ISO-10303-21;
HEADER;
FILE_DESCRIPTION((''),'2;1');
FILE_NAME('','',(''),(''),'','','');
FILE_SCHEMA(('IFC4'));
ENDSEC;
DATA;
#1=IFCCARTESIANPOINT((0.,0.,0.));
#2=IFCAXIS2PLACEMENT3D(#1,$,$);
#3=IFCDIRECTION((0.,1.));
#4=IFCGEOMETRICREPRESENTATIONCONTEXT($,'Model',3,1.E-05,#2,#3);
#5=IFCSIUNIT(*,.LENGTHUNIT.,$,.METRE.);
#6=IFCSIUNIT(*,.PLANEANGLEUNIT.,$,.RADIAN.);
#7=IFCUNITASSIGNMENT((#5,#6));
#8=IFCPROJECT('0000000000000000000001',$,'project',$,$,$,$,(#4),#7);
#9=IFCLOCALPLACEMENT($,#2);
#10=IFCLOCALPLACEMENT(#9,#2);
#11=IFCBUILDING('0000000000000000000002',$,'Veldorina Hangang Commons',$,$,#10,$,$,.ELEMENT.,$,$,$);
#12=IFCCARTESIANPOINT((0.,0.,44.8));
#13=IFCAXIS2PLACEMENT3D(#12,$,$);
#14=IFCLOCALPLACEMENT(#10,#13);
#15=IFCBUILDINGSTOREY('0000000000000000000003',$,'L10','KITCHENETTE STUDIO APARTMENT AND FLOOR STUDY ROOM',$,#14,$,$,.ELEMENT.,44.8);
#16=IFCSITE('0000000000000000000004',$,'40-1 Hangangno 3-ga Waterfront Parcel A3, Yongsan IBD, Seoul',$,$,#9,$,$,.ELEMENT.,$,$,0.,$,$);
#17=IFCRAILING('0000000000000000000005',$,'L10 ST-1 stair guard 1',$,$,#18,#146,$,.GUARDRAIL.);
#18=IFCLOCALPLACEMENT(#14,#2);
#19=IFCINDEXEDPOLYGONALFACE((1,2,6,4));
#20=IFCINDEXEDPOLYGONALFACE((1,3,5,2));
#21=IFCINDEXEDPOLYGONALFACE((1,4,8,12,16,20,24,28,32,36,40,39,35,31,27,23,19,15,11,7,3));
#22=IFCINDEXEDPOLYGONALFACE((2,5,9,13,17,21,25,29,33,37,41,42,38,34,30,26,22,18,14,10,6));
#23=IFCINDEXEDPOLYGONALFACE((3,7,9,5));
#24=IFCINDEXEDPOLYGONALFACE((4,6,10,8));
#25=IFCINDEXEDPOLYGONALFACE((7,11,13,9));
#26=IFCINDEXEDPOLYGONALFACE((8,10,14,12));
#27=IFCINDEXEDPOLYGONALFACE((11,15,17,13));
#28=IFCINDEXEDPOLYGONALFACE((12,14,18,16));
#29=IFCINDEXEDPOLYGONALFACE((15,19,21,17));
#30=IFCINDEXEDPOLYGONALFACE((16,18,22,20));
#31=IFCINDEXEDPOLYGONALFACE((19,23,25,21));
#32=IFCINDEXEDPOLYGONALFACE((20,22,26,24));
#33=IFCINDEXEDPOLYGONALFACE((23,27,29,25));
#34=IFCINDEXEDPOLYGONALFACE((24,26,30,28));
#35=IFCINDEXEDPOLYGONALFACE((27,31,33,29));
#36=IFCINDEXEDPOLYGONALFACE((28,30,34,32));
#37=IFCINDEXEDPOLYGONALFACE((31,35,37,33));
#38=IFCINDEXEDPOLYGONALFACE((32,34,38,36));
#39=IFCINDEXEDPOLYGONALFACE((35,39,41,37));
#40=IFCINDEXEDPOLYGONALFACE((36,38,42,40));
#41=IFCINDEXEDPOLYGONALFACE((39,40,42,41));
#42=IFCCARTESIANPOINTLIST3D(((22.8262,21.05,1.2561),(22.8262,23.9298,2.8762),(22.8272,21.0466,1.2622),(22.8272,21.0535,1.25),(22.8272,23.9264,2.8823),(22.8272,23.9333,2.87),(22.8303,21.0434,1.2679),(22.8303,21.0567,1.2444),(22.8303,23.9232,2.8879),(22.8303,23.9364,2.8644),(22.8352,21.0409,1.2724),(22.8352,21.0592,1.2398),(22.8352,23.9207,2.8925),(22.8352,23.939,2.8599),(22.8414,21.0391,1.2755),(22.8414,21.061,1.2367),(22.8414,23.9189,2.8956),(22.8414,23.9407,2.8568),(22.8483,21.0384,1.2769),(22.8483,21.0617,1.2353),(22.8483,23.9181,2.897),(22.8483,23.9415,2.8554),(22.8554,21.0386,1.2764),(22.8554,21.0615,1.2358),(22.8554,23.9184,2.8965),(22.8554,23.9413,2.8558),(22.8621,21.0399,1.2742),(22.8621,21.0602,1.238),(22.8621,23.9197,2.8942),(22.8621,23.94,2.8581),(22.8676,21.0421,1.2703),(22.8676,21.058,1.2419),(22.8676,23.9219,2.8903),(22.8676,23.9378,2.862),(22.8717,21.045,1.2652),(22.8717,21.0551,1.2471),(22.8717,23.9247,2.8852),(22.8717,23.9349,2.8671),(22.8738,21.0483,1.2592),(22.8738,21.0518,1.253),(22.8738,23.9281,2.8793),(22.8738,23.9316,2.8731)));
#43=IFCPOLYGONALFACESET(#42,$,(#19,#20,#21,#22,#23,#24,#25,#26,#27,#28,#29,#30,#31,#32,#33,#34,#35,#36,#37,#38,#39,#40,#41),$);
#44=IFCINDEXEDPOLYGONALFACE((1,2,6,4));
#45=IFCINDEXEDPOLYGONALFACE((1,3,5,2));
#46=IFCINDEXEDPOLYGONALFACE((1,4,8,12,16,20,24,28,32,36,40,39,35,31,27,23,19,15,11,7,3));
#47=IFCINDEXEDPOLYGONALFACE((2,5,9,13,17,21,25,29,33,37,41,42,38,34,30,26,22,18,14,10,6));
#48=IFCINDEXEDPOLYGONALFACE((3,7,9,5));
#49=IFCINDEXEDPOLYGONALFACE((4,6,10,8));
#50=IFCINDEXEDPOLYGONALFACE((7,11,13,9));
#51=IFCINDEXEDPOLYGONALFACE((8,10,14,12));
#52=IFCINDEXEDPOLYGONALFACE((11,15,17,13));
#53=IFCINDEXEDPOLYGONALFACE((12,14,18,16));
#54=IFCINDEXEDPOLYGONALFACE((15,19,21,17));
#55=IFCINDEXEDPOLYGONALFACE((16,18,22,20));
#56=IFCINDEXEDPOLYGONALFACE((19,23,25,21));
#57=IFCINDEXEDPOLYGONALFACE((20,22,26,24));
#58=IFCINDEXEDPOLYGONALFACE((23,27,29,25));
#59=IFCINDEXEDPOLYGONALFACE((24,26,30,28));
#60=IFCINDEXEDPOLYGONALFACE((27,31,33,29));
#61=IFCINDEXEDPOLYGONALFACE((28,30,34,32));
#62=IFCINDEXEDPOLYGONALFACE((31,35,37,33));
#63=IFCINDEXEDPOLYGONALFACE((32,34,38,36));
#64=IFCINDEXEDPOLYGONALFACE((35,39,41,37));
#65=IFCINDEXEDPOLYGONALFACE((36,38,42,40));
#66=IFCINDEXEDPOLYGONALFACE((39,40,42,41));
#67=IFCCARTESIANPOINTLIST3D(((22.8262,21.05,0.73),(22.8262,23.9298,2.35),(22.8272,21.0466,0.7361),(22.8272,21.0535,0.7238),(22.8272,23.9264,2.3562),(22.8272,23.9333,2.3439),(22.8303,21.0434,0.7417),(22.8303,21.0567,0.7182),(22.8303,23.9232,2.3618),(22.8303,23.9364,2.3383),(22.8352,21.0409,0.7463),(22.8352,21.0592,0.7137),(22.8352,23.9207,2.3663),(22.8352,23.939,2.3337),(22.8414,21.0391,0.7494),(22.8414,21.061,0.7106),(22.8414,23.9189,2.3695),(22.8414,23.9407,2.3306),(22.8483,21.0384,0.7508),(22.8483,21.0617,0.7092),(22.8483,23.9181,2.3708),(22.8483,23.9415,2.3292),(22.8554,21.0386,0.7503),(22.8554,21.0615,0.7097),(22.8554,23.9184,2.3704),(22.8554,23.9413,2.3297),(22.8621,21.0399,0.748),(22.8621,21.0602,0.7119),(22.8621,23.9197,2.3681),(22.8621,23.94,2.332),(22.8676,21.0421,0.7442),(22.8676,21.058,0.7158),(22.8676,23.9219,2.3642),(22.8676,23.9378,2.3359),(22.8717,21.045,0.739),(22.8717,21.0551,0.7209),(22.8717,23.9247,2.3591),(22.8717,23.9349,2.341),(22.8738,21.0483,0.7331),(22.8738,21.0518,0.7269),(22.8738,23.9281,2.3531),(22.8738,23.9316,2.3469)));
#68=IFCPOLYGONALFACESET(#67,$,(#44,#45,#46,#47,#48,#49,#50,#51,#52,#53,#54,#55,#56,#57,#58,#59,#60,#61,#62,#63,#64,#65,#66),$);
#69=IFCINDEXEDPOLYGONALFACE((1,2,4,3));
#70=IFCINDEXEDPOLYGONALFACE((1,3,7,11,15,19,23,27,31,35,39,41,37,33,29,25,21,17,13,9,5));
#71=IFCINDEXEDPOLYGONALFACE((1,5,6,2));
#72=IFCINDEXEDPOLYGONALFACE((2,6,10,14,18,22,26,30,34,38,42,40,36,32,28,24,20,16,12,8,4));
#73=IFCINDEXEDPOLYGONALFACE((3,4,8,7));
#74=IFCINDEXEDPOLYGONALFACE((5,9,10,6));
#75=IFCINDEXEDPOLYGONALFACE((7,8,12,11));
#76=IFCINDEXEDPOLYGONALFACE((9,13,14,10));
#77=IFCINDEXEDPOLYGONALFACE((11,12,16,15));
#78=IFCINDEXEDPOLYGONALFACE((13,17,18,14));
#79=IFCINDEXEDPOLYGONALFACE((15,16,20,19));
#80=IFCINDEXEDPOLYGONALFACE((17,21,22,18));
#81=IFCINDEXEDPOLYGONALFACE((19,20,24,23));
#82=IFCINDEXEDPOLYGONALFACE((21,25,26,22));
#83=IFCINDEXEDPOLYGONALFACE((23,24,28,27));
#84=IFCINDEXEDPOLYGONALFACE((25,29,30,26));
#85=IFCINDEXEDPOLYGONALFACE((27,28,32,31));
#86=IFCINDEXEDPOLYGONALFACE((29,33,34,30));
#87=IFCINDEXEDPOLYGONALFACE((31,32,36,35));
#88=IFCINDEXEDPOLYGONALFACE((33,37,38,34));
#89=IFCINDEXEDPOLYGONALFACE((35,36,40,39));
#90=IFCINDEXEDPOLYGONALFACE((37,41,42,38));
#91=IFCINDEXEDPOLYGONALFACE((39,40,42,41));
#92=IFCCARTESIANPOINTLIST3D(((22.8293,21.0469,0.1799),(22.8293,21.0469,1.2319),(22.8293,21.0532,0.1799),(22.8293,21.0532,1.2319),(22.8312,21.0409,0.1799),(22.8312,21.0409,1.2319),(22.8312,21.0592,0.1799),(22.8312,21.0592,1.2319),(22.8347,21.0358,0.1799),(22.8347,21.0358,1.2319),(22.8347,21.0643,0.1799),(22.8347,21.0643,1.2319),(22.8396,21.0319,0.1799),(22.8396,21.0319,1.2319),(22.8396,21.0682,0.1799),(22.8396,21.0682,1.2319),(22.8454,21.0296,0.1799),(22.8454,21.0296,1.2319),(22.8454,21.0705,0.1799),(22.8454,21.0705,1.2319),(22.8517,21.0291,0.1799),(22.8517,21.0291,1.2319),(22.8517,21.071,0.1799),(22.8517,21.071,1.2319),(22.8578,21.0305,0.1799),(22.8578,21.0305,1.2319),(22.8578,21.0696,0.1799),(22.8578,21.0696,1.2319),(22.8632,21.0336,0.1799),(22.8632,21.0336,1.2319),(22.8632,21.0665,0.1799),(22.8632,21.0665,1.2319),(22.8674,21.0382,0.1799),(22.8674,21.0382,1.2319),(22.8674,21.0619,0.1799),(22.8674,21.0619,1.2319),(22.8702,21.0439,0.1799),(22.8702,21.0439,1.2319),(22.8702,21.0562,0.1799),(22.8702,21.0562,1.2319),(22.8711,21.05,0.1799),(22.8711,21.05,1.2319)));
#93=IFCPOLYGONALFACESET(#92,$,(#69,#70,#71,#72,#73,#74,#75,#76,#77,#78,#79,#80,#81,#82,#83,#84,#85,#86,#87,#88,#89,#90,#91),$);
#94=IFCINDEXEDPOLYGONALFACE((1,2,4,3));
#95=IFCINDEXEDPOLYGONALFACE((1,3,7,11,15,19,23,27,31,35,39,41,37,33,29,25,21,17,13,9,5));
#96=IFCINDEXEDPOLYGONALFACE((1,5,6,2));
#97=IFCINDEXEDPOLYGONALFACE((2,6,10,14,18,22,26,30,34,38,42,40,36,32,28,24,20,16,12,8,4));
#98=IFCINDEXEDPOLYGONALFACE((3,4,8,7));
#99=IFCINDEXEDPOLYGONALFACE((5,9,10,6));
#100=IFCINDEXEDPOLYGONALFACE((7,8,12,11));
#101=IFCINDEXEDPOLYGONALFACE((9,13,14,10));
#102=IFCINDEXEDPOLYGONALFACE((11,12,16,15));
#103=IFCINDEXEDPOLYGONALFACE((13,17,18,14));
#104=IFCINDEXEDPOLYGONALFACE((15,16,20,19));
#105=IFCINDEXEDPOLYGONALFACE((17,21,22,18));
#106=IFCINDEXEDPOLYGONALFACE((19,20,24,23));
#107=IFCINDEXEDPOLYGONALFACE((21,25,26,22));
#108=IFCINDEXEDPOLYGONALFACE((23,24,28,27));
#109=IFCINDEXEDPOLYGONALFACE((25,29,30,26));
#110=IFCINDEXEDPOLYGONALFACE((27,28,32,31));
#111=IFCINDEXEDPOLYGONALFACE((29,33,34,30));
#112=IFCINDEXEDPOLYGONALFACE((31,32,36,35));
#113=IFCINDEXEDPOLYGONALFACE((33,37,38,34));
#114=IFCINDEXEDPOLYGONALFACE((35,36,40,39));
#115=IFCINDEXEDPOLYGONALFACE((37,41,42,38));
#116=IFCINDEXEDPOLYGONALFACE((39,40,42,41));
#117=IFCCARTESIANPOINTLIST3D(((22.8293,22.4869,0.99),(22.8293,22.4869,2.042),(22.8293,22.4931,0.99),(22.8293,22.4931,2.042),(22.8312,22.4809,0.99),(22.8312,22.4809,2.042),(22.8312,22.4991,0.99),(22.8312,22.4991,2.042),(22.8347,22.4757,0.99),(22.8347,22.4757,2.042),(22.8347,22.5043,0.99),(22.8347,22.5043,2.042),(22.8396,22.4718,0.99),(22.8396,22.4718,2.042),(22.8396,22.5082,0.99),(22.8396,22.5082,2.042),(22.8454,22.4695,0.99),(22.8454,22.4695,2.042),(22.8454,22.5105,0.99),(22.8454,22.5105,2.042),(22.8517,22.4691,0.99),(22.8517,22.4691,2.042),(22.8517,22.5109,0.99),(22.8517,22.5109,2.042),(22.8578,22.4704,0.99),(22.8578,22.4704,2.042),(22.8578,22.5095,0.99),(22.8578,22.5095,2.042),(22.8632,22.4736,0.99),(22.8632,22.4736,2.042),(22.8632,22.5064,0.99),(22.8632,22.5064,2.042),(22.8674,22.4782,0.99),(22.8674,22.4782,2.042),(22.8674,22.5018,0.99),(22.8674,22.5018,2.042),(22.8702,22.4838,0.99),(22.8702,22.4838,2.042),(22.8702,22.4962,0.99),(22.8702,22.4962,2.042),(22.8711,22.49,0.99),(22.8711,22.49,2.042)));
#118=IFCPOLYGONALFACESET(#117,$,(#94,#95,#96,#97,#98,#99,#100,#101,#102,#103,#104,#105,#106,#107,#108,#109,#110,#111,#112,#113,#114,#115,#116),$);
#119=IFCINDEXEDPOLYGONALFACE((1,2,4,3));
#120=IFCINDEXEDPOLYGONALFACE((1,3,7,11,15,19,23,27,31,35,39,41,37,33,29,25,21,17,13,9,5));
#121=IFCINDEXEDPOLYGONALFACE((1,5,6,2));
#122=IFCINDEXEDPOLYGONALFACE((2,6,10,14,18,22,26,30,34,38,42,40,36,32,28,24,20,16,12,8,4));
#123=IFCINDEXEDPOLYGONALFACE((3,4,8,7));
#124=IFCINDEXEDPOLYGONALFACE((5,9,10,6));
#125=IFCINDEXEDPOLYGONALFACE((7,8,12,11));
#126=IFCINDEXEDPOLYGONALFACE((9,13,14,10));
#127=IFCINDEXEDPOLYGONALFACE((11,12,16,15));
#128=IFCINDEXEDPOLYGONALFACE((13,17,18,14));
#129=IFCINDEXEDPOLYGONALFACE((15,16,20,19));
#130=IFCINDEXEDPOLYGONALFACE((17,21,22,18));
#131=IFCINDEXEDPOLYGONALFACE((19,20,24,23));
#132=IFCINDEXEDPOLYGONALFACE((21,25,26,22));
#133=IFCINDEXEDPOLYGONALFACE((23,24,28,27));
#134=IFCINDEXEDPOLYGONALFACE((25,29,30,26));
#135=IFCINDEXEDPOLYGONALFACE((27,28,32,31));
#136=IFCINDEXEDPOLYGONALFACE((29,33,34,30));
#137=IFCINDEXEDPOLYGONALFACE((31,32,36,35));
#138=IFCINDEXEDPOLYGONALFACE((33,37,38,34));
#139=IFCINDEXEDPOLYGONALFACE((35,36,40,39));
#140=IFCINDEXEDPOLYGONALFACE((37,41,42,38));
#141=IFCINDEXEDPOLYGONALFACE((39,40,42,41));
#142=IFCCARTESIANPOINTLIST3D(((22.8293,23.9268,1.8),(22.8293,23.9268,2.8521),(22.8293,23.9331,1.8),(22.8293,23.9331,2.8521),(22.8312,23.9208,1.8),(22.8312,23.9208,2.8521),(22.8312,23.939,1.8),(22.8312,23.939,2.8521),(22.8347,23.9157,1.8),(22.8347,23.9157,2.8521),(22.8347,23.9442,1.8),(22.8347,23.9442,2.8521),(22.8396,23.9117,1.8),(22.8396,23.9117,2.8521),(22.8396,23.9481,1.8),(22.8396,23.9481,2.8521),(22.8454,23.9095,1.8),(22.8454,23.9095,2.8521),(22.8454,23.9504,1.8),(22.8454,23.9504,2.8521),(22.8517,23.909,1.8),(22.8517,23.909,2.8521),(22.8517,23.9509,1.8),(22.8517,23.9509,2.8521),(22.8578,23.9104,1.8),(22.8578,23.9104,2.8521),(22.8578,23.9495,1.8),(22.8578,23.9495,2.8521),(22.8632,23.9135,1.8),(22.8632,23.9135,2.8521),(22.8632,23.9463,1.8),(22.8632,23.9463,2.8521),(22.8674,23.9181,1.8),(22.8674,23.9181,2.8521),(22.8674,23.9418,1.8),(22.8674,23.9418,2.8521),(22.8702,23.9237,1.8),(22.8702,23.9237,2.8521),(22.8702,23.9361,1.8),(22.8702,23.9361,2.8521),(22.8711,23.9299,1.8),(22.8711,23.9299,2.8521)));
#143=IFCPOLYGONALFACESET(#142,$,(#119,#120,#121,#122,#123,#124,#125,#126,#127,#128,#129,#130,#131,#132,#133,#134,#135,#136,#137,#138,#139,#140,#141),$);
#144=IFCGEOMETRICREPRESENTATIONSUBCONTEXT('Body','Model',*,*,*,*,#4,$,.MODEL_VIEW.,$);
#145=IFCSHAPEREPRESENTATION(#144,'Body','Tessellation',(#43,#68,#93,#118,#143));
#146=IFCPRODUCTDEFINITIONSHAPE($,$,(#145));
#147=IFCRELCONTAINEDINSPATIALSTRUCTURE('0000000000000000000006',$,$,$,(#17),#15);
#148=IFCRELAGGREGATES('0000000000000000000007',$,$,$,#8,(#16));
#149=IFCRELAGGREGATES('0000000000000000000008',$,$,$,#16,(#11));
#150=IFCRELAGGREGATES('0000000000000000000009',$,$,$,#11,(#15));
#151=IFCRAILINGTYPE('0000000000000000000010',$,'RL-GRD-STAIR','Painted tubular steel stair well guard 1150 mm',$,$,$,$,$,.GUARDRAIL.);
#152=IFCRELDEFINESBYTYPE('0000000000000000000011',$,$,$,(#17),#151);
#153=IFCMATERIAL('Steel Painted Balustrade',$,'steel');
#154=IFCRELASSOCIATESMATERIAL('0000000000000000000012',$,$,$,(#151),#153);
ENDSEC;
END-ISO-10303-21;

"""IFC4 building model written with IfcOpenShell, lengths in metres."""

from ifc_helpers import new_model, si_unit, direction, frame, origin, origin_2d, place, context, subcontext, project, spatial, circle, extrude, material, type_object, element, save


model = new_model("IFC4")

# Units and contexts
model_context = context("Model", 3, precision=1e-05, world=origin(), true_north=direction((0.0, 1.0)))
body_context = subcontext(model_context, "Body", "Model", "MODEL_VIEW")
ifc_project = project(units=[si_unit("LENGTHUNIT", "METRE"), si_unit("PLANEANGLEUNIT", "RADIAN")], contexts=[model_context])

# Site, building, storey
site_placement = place(None, origin())
site = spatial("IfcSite", under=ifc_project, at=site_placement, Name="40-1 Hangangno 3-ga Waterfront Parcel A3, Yongsan IBD, Seoul", CompositionType="ELEMENT", RefElevation=0.0)
building_placement = place(site_placement, origin())
building = spatial("IfcBuilding", under=site, at=building_placement, Name="Veldorina Hangang Commons", CompositionType="ELEMENT")
storey_placement = place(building_placement, frame((0.0, 0.0, 44.8)))
storey = spatial("IfcBuildingStorey", under=building, at=storey_placement, Name="L10", Description="KITCHENETTE STUDIO APARTMENT AND FLOOR STUDY ROOM", CompositionType="ELEMENT", Elevation=44.8)

# Railing
ifc_material_1 = material(Name="Steel Painted Balustrade", Category="steel")
railing_type_1 = type_object("IfcRailingType", Name="RL-GRD-STAIR", Description="Painted tubular steel stair well guard 1150 mm", PredefinedType="GUARDRAIL", material=ifc_material_1)
railing_1_placement = place(storey_placement, frame((22.8501, 21.05, 0.1799)))
element("IfcRailing", 1, at=railing_1_placement, inside=storey, type_object=railing_type_1, Name="L10 ST-1 stair guard 1", PredefinedType="GUARDRAIL", context=body_context, shape_type="SweptSolid", body=[
    extrude(circle(Radius=0.0239, at=origin_2d()), frame((0.0, 0.0, 1.0762), z_axis=(0.0, 0.871552, 0.490303), x_axis=(-1.0, 0.0, 0.0)), (0.0, 0.0, 1.0), 3.3042),
    extrude(circle(Radius=0.0239, at=origin_2d()), frame((0.0, 0.0, 0.55), z_axis=(0.0, 0.871552, 0.490303), x_axis=(-1.0, 0.0, 0.0)), (0.0, 0.0, 1.0), 3.3042),
    extrude(circle(Radius=0.021, at=origin_2d()), origin(), (0.0, 0.0, 1.0), 1.052),
    extrude(circle(Radius=0.021, at=origin_2d()), frame((0.0, 1.4399, 0.8101)), (0.0, 0.0, 1.0), 1.052),
    extrude(circle(Radius=0.021, at=origin_2d()), frame((0.0, 2.8799, 1.6201)), (0.0, 0.0, 1.0), 1.052),
])

save(model, "model.ifc")
